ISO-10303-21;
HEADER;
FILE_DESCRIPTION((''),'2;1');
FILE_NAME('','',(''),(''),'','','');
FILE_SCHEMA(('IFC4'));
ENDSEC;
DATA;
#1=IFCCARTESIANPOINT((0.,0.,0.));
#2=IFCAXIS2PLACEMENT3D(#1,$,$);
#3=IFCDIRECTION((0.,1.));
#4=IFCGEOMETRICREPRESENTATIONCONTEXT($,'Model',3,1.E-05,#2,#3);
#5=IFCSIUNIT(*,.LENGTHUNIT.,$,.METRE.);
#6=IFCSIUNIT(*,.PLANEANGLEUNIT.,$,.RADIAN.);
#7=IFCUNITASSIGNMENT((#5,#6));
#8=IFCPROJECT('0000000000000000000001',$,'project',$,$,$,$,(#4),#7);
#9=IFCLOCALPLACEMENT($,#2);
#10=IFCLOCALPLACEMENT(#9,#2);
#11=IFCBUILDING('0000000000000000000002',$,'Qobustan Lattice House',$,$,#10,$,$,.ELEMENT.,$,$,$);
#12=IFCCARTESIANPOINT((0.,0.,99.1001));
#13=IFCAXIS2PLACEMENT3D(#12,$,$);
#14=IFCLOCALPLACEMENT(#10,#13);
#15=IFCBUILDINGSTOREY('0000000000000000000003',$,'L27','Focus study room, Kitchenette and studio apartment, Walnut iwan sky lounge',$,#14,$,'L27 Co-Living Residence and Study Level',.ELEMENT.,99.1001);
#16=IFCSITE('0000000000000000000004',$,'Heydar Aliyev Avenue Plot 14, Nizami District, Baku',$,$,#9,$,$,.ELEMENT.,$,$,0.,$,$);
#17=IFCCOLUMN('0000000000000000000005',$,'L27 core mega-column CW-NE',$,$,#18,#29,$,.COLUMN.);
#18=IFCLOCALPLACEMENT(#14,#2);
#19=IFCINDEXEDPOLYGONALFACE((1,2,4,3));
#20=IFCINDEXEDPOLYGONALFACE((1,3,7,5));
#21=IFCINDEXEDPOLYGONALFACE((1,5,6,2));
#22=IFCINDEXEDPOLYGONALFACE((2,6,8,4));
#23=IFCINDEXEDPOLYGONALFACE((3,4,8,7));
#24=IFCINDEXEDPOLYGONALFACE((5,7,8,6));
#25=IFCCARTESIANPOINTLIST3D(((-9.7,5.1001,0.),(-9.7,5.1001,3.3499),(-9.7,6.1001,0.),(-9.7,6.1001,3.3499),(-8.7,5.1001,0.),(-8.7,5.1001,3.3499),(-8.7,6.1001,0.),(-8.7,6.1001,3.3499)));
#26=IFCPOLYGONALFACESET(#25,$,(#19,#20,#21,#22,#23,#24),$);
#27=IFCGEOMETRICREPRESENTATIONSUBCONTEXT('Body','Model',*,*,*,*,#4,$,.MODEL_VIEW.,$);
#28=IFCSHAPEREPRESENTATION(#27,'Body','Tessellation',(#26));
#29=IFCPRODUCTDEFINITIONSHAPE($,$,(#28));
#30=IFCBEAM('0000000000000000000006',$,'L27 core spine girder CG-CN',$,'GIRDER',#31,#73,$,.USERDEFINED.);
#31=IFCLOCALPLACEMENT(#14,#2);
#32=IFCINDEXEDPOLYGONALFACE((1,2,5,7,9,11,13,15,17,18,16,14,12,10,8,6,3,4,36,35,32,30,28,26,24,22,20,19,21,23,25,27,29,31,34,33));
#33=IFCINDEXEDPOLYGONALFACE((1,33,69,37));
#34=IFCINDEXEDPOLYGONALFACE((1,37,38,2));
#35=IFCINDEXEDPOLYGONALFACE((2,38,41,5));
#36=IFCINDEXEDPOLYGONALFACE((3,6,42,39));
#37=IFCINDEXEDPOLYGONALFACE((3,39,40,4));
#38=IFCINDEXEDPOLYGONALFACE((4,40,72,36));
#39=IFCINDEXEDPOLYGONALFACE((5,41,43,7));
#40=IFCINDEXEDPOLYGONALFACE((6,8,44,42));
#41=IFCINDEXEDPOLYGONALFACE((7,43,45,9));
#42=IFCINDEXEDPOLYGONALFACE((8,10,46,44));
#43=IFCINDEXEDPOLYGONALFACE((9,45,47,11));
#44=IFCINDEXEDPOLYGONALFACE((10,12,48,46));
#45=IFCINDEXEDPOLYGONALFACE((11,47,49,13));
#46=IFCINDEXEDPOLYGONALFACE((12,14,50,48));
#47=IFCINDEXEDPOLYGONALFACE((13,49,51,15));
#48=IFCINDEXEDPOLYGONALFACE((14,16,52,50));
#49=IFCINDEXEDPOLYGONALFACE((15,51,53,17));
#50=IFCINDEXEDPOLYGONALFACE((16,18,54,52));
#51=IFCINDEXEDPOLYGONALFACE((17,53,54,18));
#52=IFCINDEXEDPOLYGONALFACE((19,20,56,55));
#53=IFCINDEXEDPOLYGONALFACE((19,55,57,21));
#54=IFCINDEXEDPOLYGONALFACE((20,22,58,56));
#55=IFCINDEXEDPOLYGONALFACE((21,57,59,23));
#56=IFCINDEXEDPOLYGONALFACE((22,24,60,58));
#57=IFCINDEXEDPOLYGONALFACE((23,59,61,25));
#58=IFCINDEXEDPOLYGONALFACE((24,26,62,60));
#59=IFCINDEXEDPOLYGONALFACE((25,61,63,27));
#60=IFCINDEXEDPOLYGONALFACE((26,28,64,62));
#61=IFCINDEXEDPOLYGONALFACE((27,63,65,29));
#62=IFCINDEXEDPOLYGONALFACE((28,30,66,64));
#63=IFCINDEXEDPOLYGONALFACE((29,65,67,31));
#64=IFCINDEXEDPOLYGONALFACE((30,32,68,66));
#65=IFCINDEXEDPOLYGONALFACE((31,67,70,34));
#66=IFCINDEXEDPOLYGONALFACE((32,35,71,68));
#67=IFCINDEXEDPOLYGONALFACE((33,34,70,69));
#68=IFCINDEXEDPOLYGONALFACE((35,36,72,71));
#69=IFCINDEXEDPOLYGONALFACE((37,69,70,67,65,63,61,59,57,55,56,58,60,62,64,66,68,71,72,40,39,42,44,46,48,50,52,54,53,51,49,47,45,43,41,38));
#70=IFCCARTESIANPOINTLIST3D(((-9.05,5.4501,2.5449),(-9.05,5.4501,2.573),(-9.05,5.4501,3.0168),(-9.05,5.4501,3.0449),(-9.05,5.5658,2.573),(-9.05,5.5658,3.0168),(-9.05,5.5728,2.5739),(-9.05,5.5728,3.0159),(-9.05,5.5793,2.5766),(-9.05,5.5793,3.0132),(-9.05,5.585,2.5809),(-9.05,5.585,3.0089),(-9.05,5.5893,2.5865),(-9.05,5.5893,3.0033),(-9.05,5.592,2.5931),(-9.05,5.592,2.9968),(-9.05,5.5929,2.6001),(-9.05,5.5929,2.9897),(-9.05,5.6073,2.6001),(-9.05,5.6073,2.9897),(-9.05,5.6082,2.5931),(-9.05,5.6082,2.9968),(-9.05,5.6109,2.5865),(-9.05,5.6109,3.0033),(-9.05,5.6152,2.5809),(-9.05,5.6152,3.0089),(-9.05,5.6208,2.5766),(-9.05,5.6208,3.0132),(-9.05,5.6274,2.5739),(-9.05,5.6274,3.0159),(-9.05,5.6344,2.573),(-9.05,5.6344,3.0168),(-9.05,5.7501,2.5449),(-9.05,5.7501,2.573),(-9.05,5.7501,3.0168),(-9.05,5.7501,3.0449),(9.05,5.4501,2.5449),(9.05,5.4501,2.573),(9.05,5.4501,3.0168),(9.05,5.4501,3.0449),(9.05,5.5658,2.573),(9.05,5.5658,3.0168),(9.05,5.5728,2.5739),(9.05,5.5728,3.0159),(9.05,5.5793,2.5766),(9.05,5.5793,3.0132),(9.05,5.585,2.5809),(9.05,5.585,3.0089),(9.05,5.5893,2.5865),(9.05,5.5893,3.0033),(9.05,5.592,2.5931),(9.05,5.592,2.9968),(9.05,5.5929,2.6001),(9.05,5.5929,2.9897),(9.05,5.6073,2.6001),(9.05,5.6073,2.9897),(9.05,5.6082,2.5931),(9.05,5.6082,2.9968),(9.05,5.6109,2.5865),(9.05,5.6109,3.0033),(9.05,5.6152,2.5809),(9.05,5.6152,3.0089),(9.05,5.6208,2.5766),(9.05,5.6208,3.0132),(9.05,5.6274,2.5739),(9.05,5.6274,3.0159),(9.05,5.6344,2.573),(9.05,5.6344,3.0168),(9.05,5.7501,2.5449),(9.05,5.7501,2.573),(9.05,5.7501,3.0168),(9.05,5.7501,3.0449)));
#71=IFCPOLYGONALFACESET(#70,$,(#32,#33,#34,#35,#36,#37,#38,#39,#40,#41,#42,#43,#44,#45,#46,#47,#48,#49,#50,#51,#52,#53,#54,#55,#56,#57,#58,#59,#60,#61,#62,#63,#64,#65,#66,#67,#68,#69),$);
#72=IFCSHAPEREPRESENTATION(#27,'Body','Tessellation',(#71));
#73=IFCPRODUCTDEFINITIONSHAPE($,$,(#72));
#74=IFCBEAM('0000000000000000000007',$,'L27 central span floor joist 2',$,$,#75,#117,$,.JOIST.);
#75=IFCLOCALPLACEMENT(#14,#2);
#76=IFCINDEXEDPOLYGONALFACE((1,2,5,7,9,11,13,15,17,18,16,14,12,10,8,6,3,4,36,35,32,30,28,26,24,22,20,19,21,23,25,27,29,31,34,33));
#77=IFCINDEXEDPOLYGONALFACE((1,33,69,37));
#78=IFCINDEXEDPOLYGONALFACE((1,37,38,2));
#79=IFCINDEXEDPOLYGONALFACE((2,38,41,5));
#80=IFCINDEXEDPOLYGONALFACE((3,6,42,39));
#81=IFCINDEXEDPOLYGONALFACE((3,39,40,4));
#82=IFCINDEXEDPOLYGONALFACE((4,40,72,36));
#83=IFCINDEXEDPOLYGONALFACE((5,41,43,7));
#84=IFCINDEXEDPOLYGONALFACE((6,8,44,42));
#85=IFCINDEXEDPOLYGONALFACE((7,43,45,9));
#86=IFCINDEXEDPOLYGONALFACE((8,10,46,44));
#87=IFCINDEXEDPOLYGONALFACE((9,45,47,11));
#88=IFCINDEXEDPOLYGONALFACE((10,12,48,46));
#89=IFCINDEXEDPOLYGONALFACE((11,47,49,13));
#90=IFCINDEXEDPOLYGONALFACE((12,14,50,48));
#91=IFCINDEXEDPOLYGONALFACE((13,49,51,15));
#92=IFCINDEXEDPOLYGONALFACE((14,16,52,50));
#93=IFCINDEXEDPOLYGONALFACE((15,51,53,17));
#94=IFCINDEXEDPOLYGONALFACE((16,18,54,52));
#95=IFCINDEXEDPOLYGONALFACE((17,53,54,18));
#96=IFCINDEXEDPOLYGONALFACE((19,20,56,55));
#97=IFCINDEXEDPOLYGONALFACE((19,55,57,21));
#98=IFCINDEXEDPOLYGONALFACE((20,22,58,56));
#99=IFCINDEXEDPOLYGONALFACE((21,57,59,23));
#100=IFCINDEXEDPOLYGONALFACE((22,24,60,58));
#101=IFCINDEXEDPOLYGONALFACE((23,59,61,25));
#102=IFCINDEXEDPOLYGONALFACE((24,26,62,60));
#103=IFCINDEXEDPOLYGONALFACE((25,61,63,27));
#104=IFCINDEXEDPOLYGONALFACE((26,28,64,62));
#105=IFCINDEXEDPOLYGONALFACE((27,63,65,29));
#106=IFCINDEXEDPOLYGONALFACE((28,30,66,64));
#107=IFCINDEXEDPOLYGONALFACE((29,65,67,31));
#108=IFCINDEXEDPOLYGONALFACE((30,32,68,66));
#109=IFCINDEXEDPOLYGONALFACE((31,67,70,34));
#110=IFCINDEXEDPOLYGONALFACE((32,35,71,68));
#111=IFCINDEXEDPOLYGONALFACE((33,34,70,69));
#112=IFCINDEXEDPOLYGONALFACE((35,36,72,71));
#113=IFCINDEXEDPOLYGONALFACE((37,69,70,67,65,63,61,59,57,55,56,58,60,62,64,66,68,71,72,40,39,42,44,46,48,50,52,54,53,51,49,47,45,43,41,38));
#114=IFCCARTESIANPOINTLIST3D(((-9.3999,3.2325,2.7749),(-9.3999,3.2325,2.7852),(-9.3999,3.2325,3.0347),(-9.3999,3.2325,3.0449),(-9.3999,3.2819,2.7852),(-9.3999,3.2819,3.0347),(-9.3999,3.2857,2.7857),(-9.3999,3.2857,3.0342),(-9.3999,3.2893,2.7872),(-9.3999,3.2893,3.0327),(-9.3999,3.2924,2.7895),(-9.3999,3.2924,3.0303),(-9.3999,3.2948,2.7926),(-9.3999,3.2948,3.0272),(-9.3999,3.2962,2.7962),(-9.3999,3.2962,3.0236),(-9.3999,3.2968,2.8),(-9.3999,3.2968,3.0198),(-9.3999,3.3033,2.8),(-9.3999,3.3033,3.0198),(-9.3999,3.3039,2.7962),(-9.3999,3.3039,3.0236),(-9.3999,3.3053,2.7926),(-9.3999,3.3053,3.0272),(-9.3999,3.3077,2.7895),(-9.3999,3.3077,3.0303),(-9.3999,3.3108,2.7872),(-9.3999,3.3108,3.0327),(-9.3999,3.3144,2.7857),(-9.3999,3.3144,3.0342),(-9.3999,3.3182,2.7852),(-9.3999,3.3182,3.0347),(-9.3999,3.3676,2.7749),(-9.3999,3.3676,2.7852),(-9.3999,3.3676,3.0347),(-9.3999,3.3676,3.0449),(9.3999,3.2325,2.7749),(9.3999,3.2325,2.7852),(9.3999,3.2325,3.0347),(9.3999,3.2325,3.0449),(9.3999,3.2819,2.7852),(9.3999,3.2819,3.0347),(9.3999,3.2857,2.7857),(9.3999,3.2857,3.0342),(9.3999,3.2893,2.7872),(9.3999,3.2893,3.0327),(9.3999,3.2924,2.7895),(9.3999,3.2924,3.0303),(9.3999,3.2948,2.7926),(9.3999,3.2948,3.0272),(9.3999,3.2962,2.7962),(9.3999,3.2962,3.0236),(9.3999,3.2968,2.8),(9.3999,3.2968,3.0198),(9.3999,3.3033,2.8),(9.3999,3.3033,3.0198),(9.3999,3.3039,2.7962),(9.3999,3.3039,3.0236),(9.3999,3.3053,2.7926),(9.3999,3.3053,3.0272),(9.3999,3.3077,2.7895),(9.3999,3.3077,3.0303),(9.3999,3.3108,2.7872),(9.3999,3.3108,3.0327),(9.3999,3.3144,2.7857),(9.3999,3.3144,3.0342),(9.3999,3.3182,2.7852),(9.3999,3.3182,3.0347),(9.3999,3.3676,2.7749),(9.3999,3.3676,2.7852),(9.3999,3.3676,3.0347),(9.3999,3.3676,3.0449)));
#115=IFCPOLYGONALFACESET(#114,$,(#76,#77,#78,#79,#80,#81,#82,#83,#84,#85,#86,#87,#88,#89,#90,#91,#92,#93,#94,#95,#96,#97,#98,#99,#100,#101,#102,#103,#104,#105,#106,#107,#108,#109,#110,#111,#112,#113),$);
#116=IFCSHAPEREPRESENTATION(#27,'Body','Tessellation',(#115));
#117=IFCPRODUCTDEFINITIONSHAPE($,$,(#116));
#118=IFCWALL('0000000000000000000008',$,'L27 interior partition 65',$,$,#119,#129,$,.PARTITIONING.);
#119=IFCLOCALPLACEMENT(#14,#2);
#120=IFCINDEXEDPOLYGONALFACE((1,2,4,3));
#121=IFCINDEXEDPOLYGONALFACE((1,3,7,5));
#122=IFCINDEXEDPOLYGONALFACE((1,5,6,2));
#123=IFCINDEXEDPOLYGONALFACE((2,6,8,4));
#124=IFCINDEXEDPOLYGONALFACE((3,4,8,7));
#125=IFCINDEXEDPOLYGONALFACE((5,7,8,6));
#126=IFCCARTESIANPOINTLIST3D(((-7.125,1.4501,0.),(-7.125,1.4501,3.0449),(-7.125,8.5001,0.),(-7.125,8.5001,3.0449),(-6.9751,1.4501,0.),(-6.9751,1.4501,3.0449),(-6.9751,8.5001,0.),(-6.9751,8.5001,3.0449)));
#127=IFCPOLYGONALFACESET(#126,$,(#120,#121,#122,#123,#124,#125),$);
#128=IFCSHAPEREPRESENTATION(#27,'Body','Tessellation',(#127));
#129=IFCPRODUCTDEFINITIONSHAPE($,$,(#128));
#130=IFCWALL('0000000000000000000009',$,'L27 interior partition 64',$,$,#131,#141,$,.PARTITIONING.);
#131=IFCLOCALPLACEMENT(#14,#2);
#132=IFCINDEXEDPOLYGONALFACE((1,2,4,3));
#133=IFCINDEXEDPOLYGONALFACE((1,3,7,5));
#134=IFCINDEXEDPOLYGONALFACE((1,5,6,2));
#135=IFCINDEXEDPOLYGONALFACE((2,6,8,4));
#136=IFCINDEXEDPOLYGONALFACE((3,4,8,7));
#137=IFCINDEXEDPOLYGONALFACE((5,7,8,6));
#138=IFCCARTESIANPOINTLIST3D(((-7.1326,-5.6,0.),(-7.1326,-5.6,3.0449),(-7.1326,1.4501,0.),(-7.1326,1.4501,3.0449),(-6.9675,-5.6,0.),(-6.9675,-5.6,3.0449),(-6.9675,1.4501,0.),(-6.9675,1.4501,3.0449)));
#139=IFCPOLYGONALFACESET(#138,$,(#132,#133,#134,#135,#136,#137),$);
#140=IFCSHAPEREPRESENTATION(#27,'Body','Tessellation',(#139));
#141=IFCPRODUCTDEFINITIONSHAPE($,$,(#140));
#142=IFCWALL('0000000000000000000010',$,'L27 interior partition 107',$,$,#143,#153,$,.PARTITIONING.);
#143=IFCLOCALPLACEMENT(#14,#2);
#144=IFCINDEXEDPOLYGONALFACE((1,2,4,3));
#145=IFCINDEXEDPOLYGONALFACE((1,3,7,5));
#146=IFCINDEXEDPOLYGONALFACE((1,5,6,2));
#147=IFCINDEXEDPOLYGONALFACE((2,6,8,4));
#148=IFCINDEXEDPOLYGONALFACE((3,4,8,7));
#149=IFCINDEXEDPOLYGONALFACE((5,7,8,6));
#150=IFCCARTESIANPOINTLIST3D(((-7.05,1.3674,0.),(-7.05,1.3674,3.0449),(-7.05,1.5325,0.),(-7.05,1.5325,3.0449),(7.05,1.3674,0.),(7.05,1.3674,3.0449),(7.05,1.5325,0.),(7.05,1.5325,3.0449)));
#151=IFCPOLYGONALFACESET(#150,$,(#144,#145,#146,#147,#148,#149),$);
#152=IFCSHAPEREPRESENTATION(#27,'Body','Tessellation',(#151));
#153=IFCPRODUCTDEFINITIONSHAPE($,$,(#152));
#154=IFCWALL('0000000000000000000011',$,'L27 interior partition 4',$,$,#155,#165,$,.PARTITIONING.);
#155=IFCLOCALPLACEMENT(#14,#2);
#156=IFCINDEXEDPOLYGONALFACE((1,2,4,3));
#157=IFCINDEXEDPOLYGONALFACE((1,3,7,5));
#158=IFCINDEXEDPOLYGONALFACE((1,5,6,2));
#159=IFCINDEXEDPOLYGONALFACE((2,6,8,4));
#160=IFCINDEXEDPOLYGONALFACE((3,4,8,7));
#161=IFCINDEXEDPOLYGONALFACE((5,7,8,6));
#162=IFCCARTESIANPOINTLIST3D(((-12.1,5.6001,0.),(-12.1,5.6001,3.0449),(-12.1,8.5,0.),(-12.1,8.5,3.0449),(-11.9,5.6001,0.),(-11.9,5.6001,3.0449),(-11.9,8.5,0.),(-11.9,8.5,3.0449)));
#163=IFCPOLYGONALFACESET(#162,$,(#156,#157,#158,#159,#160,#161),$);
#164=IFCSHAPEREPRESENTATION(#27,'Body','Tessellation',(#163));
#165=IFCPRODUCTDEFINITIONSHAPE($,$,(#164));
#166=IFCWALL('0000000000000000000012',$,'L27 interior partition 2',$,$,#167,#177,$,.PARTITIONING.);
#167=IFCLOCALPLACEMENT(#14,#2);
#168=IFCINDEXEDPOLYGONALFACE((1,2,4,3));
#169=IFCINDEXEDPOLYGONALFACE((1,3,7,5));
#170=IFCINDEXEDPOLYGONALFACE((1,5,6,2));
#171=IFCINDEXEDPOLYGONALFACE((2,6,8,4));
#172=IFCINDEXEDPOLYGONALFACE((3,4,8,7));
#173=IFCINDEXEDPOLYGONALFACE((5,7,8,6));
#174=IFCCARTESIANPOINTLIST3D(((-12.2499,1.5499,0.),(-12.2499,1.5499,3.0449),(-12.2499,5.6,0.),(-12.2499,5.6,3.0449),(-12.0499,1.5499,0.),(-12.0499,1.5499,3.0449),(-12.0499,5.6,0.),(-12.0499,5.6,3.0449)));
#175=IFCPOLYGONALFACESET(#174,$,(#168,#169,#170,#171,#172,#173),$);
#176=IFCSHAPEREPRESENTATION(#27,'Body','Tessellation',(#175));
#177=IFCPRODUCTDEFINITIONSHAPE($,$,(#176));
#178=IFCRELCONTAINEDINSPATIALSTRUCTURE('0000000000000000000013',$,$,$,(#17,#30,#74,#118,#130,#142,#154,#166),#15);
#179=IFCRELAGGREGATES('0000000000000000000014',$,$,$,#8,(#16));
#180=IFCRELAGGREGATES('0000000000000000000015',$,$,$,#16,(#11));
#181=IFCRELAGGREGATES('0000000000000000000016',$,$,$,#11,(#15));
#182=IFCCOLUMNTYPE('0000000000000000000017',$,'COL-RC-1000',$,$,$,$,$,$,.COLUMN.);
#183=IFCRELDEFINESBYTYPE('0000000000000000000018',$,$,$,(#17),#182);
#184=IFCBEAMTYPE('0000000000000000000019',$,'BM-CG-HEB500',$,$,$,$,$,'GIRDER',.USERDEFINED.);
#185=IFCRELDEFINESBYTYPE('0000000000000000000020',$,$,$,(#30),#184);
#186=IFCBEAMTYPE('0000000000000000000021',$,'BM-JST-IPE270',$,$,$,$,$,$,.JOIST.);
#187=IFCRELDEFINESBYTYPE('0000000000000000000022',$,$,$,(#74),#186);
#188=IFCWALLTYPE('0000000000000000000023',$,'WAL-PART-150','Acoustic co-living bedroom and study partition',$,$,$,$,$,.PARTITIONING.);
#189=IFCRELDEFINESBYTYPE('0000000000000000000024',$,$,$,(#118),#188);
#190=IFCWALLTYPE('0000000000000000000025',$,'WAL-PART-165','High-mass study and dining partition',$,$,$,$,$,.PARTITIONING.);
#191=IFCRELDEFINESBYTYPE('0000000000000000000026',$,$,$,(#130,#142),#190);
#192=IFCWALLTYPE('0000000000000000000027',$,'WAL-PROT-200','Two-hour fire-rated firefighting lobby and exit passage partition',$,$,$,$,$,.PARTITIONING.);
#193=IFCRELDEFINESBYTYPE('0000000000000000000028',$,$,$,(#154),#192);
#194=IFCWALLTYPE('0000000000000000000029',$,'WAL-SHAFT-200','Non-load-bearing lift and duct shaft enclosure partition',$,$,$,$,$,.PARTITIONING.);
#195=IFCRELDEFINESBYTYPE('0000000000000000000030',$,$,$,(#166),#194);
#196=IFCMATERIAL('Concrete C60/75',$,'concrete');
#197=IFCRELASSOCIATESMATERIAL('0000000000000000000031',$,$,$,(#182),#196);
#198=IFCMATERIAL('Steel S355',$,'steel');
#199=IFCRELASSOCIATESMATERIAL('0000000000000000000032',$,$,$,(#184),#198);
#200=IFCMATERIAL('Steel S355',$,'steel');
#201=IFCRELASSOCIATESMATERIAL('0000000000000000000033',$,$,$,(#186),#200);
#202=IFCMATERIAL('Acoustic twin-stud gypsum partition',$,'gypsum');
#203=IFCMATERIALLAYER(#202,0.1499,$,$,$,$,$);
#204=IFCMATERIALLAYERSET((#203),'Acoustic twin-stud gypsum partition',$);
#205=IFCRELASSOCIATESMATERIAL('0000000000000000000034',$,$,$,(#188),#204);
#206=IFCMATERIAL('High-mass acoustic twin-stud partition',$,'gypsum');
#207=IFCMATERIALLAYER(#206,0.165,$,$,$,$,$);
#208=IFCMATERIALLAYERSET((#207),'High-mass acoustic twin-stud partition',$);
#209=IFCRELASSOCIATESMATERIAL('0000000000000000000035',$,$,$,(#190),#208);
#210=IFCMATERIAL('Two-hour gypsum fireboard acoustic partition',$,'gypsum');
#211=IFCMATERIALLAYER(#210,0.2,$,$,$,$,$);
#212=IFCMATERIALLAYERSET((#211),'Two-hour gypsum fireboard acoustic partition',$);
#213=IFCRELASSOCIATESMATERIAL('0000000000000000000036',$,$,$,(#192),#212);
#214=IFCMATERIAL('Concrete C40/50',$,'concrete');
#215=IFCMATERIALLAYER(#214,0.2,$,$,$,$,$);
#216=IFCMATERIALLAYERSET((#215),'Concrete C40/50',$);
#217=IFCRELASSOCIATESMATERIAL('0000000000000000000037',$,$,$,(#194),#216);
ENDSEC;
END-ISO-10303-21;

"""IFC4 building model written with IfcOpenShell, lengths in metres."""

from ifc_helpers import new_model, si_unit, direction, frame, frame_2d, origin, origin_2d, place, context, subcontext, project, spatial, rectangle, i_section, extrude, material, layer, layer_set, material_profile, profile_set, type_object, element, save


model = new_model("IFC4")

# Units and contexts
model_context = context("Model", 3, precision=1e-05, world=origin(), true_north=direction((0.0, 1.0)))
body_context = subcontext(model_context, "Body", "Model", "MODEL_VIEW")
ifc_project = project(units=[si_unit("LENGTHUNIT", "METRE"), si_unit("PLANEANGLEUNIT", "RADIAN")], contexts=[model_context])

# Site, building, storey
site_placement = place(None, origin())
site = spatial("IfcSite", under=ifc_project, at=site_placement, Name="Heydar Aliyev Avenue Plot 14, Nizami District, Baku", CompositionType="ELEMENT", RefElevation=0.0)
building_placement = place(site_placement, origin())
building = spatial("IfcBuilding", under=site, at=building_placement, Name="Qobustan Lattice House", CompositionType="ELEMENT")
storey_placement = place(building_placement, frame((0.0, 0.0, 99.1001)))
storey = spatial("IfcBuildingStorey", under=building, at=storey_placement, Name="L27", Description="Focus study room, Kitchenette and studio apartment, Walnut iwan sky lounge", LongName="L27 Co-Living Residence and Study Level", CompositionType="ELEMENT", Elevation=99.1001)

# Column
ifc_material_1 = material(Name="Concrete C60/75", Category="concrete")
ifc_material_profile_1 = material_profile(ifc_material_1, rectangle(XDim=1.0, YDim=1.0, at=origin_2d()), Name="RC1000x1000")
ifc_profile_set_1 = profile_set([ifc_material_profile_1], Name="Concrete C60/75")
column_type = type_object("IfcColumnType", Name="COL-RC-1000", PredefinedType="COLUMN", material=ifc_profile_set_1)
column_placement = place(storey_placement, frame((-9.2, 5.6001, 0.0), z_axis=(0.0, 0.0, 1.0), x_axis=(1.0, 0.0, 0.0)))
element("IfcColumn", 1, at=column_placement, inside=storey, type_object=column_type, Name="L27 core mega-column CW-NE", PredefinedType="COLUMN", context=body_context, shape_type="SweptSolid", body=[
    extrude(rectangle(XDim=1.0, YDim=1.0, at=origin_2d()), origin(), (0.0, 0.0, 1.0), 3.3499),
])

# Beams
ifc_material_2 = material(Name="Steel S355", Category="steel")
ifc_material_profile_2 = material_profile(ifc_material_2, i_section(OverallWidth=0.3, OverallDepth=0.5, WebThickness=0.0144, FlangeThickness=0.0281, FilletRadius=0.0271, at=origin_2d()), Name="HEB500")
ifc_profile_set_2 = profile_set([ifc_material_profile_2], Name="Steel S355")
beam_type_1 = type_object("IfcBeamType", Name="BM-CG-HEB500", ElementType="GIRDER", PredefinedType="USERDEFINED", material=ifc_profile_set_2)
beam_1_placement = place(storey_placement, frame((-9.05, 5.6001, 2.7949), z_axis=(1.0, 0.0, 0.0), x_axis=(0.0, 1.0, 0.0)))
element("IfcBeam", 2, at=beam_1_placement, inside=storey, type_object=beam_type_1, Name="L27 core spine girder CG-CN", ObjectType="GIRDER", PredefinedType="USERDEFINED", context=body_context, shape_type="SweptSolid", body=[
    extrude(i_section(OverallWidth=0.3, OverallDepth=0.5, WebThickness=0.0144, FlangeThickness=0.0281, FilletRadius=0.0271, at=origin_2d()), origin(), (0.0, 0.0, 1.0), 18.1001),
])
ifc_material_3 = material(Name="Steel S355", Category="steel")
ifc_material_profile_3 = material_profile(ifc_material_3, i_section(OverallWidth=0.135, OverallDepth=0.27, WebThickness=0.0066, FlangeThickness=0.0103, FilletRadius=0.0149, at=origin_2d()), Name="IPE270")
ifc_profile_set_3 = profile_set([ifc_material_profile_3], Name="Steel S355")
beam_type_2 = type_object("IfcBeamType", Name="BM-JST-IPE270", PredefinedType="JOIST", material=ifc_profile_set_3)
beam_2_placement = place(storey_placement, frame((-9.3999, 3.3, 2.9099), z_axis=(1.0, 0.0, 0.0), x_axis=(0.0, 1.0, 0.0)))
element("IfcBeam", 3, at=beam_2_placement, inside=storey, type_object=beam_type_2, Name="L27 central span floor joist 2", PredefinedType="JOIST", context=body_context, shape_type="SweptSolid", body=[
    extrude(i_section(OverallWidth=0.135, OverallDepth=0.27, WebThickness=0.0066, FlangeThickness=0.0103, FilletRadius=0.0149, at=origin_2d()), origin(), (0.0, 0.0, 1.0), 18.7998),
])

# Walls
ifc_material_4 = material(Name="Acoustic twin-stud gypsum partition", Category="gypsum")
ifc_layer_1 = layer(ifc_material_4, 0.1499)
ifc_layer_set_1 = layer_set([ifc_layer_1], Name="Acoustic twin-stud gypsum partition")
wall_type_1 = type_object("IfcWallType", Name="WAL-PART-150", Description="Acoustic co-living bedroom and study partition", PredefinedType="PARTITIONING", material=ifc_layer_set_1)
wall_1_placement = place(storey_placement, frame((-7.05, 8.5, 0.0), z_axis=(0.0, 0.0, 1.0), x_axis=(0.0, -1.0, 0.0)))
element("IfcWall", 4, at=wall_1_placement, inside=storey, type_object=wall_type_1, Name="L27 interior partition 65", PredefinedType="PARTITIONING", context=body_context, shape_type="SweptSolid", body=[
    extrude(rectangle(XDim=7.05, YDim=0.1499, at=frame_2d((3.5249, 0.0))), origin(), (0.0, 0.0, 1.0), 3.0449),
])
ifc_material_5 = material(Name="High-mass acoustic twin-stud partition", Category="gypsum")
ifc_layer_2 = layer(ifc_material_5, 0.165)
ifc_layer_set_2 = layer_set([ifc_layer_2], Name="High-mass acoustic twin-stud partition")
wall_type_2 = type_object("IfcWallType", Name="WAL-PART-165", Description="High-mass study and dining partition", PredefinedType="PARTITIONING", material=ifc_layer_set_2)
wall_2_placement = place(storey_placement, frame((-7.05, 1.45, 0.0), z_axis=(0.0, 0.0, 1.0), x_axis=(0.0, -1.0, 0.0)))
element("IfcWall", 5, at=wall_2_placement, inside=storey, type_object=wall_type_2, Name="L27 interior partition 64", PredefinedType="PARTITIONING", context=body_context, shape_type="SweptSolid", body=[
    extrude(rectangle(XDim=7.05, YDim=0.165, at=frame_2d((3.5249, 0.0))), origin(), (0.0, 0.0, 1.0), 3.0449),
])
wall_3_placement = place(storey_placement, frame((-7.05, 1.45, 0.0), z_axis=(0.0, 0.0, 1.0), x_axis=(1.0, 0.0, 0.0)))
element("IfcWall", 6, at=wall_3_placement, inside=storey, type_object=wall_type_2, Name="L27 interior partition 107", PredefinedType="PARTITIONING", context=body_context, shape_type="SweptSolid", body=[
    extrude(rectangle(XDim=14.1001, YDim=0.165, at=frame_2d((7.05, 0.0))), origin(), (0.0, 0.0, 1.0), 3.0449),
])

# Shared definitions
ifc_material_6 = material(Name="Two-hour gypsum fireboard acoustic partition", Category="gypsum")
ifc_layer_3 = layer(ifc_material_6, 0.2)
ifc_layer_set_3 = layer_set([ifc_layer_3], Name="Two-hour gypsum fireboard acoustic partition")
wall_type_3 = type_object("IfcWallType", Name="WAL-PROT-200", Description="Two-hour fire-rated firefighting lobby and exit passage partition", PredefinedType="PARTITIONING", material=ifc_layer_set_3)

# Walls
wall_4_placement = place(storey_placement, frame((-12.0, 5.6001, 0.0), z_axis=(0.0, 0.0, 1.0), x_axis=(0.0, 1.0, 0.0)))
element("IfcWall", 7, at=wall_4_placement, inside=storey, type_object=wall_type_3, Name="L27 interior partition 4", PredefinedType="PARTITIONING", context=body_context, shape_type="SweptSolid", body=[
    extrude(rectangle(XDim=2.8999, YDim=0.2, at=frame_2d((1.45, 0.0))), origin(), (0.0, 0.0, 1.0), 3.0449),
])
ifc_material_7 = material(Name="Concrete C40/50", Category="concrete")
ifc_layer_4 = layer(ifc_material_7, 0.2)
ifc_layer_set_4 = layer_set([ifc_layer_4], Name="Concrete C40/50")
wall_type_4 = type_object("IfcWallType", Name="WAL-SHAFT-200", Description="Non-load-bearing lift and duct shaft enclosure partition", PredefinedType="PARTITIONING", material=ifc_layer_set_4)
wall_5_placement = place(storey_placement, frame((-12.1499, 1.55, 0.0), z_axis=(0.0, 0.0, 1.0), x_axis=(0.0, 1.0, 0.0)))
element("IfcWall", 8, at=wall_5_placement, inside=storey, type_object=wall_type_4, Name="L27 interior partition 2", PredefinedType="PARTITIONING", context=body_context, shape_type="SweptSolid", body=[
    extrude(rectangle(XDim=4.05, YDim=0.2, at=frame_2d((2.0249, 0.0))), origin(), (0.0, 0.0, 1.0), 3.0449),
])

save(model, "model.ifc")
